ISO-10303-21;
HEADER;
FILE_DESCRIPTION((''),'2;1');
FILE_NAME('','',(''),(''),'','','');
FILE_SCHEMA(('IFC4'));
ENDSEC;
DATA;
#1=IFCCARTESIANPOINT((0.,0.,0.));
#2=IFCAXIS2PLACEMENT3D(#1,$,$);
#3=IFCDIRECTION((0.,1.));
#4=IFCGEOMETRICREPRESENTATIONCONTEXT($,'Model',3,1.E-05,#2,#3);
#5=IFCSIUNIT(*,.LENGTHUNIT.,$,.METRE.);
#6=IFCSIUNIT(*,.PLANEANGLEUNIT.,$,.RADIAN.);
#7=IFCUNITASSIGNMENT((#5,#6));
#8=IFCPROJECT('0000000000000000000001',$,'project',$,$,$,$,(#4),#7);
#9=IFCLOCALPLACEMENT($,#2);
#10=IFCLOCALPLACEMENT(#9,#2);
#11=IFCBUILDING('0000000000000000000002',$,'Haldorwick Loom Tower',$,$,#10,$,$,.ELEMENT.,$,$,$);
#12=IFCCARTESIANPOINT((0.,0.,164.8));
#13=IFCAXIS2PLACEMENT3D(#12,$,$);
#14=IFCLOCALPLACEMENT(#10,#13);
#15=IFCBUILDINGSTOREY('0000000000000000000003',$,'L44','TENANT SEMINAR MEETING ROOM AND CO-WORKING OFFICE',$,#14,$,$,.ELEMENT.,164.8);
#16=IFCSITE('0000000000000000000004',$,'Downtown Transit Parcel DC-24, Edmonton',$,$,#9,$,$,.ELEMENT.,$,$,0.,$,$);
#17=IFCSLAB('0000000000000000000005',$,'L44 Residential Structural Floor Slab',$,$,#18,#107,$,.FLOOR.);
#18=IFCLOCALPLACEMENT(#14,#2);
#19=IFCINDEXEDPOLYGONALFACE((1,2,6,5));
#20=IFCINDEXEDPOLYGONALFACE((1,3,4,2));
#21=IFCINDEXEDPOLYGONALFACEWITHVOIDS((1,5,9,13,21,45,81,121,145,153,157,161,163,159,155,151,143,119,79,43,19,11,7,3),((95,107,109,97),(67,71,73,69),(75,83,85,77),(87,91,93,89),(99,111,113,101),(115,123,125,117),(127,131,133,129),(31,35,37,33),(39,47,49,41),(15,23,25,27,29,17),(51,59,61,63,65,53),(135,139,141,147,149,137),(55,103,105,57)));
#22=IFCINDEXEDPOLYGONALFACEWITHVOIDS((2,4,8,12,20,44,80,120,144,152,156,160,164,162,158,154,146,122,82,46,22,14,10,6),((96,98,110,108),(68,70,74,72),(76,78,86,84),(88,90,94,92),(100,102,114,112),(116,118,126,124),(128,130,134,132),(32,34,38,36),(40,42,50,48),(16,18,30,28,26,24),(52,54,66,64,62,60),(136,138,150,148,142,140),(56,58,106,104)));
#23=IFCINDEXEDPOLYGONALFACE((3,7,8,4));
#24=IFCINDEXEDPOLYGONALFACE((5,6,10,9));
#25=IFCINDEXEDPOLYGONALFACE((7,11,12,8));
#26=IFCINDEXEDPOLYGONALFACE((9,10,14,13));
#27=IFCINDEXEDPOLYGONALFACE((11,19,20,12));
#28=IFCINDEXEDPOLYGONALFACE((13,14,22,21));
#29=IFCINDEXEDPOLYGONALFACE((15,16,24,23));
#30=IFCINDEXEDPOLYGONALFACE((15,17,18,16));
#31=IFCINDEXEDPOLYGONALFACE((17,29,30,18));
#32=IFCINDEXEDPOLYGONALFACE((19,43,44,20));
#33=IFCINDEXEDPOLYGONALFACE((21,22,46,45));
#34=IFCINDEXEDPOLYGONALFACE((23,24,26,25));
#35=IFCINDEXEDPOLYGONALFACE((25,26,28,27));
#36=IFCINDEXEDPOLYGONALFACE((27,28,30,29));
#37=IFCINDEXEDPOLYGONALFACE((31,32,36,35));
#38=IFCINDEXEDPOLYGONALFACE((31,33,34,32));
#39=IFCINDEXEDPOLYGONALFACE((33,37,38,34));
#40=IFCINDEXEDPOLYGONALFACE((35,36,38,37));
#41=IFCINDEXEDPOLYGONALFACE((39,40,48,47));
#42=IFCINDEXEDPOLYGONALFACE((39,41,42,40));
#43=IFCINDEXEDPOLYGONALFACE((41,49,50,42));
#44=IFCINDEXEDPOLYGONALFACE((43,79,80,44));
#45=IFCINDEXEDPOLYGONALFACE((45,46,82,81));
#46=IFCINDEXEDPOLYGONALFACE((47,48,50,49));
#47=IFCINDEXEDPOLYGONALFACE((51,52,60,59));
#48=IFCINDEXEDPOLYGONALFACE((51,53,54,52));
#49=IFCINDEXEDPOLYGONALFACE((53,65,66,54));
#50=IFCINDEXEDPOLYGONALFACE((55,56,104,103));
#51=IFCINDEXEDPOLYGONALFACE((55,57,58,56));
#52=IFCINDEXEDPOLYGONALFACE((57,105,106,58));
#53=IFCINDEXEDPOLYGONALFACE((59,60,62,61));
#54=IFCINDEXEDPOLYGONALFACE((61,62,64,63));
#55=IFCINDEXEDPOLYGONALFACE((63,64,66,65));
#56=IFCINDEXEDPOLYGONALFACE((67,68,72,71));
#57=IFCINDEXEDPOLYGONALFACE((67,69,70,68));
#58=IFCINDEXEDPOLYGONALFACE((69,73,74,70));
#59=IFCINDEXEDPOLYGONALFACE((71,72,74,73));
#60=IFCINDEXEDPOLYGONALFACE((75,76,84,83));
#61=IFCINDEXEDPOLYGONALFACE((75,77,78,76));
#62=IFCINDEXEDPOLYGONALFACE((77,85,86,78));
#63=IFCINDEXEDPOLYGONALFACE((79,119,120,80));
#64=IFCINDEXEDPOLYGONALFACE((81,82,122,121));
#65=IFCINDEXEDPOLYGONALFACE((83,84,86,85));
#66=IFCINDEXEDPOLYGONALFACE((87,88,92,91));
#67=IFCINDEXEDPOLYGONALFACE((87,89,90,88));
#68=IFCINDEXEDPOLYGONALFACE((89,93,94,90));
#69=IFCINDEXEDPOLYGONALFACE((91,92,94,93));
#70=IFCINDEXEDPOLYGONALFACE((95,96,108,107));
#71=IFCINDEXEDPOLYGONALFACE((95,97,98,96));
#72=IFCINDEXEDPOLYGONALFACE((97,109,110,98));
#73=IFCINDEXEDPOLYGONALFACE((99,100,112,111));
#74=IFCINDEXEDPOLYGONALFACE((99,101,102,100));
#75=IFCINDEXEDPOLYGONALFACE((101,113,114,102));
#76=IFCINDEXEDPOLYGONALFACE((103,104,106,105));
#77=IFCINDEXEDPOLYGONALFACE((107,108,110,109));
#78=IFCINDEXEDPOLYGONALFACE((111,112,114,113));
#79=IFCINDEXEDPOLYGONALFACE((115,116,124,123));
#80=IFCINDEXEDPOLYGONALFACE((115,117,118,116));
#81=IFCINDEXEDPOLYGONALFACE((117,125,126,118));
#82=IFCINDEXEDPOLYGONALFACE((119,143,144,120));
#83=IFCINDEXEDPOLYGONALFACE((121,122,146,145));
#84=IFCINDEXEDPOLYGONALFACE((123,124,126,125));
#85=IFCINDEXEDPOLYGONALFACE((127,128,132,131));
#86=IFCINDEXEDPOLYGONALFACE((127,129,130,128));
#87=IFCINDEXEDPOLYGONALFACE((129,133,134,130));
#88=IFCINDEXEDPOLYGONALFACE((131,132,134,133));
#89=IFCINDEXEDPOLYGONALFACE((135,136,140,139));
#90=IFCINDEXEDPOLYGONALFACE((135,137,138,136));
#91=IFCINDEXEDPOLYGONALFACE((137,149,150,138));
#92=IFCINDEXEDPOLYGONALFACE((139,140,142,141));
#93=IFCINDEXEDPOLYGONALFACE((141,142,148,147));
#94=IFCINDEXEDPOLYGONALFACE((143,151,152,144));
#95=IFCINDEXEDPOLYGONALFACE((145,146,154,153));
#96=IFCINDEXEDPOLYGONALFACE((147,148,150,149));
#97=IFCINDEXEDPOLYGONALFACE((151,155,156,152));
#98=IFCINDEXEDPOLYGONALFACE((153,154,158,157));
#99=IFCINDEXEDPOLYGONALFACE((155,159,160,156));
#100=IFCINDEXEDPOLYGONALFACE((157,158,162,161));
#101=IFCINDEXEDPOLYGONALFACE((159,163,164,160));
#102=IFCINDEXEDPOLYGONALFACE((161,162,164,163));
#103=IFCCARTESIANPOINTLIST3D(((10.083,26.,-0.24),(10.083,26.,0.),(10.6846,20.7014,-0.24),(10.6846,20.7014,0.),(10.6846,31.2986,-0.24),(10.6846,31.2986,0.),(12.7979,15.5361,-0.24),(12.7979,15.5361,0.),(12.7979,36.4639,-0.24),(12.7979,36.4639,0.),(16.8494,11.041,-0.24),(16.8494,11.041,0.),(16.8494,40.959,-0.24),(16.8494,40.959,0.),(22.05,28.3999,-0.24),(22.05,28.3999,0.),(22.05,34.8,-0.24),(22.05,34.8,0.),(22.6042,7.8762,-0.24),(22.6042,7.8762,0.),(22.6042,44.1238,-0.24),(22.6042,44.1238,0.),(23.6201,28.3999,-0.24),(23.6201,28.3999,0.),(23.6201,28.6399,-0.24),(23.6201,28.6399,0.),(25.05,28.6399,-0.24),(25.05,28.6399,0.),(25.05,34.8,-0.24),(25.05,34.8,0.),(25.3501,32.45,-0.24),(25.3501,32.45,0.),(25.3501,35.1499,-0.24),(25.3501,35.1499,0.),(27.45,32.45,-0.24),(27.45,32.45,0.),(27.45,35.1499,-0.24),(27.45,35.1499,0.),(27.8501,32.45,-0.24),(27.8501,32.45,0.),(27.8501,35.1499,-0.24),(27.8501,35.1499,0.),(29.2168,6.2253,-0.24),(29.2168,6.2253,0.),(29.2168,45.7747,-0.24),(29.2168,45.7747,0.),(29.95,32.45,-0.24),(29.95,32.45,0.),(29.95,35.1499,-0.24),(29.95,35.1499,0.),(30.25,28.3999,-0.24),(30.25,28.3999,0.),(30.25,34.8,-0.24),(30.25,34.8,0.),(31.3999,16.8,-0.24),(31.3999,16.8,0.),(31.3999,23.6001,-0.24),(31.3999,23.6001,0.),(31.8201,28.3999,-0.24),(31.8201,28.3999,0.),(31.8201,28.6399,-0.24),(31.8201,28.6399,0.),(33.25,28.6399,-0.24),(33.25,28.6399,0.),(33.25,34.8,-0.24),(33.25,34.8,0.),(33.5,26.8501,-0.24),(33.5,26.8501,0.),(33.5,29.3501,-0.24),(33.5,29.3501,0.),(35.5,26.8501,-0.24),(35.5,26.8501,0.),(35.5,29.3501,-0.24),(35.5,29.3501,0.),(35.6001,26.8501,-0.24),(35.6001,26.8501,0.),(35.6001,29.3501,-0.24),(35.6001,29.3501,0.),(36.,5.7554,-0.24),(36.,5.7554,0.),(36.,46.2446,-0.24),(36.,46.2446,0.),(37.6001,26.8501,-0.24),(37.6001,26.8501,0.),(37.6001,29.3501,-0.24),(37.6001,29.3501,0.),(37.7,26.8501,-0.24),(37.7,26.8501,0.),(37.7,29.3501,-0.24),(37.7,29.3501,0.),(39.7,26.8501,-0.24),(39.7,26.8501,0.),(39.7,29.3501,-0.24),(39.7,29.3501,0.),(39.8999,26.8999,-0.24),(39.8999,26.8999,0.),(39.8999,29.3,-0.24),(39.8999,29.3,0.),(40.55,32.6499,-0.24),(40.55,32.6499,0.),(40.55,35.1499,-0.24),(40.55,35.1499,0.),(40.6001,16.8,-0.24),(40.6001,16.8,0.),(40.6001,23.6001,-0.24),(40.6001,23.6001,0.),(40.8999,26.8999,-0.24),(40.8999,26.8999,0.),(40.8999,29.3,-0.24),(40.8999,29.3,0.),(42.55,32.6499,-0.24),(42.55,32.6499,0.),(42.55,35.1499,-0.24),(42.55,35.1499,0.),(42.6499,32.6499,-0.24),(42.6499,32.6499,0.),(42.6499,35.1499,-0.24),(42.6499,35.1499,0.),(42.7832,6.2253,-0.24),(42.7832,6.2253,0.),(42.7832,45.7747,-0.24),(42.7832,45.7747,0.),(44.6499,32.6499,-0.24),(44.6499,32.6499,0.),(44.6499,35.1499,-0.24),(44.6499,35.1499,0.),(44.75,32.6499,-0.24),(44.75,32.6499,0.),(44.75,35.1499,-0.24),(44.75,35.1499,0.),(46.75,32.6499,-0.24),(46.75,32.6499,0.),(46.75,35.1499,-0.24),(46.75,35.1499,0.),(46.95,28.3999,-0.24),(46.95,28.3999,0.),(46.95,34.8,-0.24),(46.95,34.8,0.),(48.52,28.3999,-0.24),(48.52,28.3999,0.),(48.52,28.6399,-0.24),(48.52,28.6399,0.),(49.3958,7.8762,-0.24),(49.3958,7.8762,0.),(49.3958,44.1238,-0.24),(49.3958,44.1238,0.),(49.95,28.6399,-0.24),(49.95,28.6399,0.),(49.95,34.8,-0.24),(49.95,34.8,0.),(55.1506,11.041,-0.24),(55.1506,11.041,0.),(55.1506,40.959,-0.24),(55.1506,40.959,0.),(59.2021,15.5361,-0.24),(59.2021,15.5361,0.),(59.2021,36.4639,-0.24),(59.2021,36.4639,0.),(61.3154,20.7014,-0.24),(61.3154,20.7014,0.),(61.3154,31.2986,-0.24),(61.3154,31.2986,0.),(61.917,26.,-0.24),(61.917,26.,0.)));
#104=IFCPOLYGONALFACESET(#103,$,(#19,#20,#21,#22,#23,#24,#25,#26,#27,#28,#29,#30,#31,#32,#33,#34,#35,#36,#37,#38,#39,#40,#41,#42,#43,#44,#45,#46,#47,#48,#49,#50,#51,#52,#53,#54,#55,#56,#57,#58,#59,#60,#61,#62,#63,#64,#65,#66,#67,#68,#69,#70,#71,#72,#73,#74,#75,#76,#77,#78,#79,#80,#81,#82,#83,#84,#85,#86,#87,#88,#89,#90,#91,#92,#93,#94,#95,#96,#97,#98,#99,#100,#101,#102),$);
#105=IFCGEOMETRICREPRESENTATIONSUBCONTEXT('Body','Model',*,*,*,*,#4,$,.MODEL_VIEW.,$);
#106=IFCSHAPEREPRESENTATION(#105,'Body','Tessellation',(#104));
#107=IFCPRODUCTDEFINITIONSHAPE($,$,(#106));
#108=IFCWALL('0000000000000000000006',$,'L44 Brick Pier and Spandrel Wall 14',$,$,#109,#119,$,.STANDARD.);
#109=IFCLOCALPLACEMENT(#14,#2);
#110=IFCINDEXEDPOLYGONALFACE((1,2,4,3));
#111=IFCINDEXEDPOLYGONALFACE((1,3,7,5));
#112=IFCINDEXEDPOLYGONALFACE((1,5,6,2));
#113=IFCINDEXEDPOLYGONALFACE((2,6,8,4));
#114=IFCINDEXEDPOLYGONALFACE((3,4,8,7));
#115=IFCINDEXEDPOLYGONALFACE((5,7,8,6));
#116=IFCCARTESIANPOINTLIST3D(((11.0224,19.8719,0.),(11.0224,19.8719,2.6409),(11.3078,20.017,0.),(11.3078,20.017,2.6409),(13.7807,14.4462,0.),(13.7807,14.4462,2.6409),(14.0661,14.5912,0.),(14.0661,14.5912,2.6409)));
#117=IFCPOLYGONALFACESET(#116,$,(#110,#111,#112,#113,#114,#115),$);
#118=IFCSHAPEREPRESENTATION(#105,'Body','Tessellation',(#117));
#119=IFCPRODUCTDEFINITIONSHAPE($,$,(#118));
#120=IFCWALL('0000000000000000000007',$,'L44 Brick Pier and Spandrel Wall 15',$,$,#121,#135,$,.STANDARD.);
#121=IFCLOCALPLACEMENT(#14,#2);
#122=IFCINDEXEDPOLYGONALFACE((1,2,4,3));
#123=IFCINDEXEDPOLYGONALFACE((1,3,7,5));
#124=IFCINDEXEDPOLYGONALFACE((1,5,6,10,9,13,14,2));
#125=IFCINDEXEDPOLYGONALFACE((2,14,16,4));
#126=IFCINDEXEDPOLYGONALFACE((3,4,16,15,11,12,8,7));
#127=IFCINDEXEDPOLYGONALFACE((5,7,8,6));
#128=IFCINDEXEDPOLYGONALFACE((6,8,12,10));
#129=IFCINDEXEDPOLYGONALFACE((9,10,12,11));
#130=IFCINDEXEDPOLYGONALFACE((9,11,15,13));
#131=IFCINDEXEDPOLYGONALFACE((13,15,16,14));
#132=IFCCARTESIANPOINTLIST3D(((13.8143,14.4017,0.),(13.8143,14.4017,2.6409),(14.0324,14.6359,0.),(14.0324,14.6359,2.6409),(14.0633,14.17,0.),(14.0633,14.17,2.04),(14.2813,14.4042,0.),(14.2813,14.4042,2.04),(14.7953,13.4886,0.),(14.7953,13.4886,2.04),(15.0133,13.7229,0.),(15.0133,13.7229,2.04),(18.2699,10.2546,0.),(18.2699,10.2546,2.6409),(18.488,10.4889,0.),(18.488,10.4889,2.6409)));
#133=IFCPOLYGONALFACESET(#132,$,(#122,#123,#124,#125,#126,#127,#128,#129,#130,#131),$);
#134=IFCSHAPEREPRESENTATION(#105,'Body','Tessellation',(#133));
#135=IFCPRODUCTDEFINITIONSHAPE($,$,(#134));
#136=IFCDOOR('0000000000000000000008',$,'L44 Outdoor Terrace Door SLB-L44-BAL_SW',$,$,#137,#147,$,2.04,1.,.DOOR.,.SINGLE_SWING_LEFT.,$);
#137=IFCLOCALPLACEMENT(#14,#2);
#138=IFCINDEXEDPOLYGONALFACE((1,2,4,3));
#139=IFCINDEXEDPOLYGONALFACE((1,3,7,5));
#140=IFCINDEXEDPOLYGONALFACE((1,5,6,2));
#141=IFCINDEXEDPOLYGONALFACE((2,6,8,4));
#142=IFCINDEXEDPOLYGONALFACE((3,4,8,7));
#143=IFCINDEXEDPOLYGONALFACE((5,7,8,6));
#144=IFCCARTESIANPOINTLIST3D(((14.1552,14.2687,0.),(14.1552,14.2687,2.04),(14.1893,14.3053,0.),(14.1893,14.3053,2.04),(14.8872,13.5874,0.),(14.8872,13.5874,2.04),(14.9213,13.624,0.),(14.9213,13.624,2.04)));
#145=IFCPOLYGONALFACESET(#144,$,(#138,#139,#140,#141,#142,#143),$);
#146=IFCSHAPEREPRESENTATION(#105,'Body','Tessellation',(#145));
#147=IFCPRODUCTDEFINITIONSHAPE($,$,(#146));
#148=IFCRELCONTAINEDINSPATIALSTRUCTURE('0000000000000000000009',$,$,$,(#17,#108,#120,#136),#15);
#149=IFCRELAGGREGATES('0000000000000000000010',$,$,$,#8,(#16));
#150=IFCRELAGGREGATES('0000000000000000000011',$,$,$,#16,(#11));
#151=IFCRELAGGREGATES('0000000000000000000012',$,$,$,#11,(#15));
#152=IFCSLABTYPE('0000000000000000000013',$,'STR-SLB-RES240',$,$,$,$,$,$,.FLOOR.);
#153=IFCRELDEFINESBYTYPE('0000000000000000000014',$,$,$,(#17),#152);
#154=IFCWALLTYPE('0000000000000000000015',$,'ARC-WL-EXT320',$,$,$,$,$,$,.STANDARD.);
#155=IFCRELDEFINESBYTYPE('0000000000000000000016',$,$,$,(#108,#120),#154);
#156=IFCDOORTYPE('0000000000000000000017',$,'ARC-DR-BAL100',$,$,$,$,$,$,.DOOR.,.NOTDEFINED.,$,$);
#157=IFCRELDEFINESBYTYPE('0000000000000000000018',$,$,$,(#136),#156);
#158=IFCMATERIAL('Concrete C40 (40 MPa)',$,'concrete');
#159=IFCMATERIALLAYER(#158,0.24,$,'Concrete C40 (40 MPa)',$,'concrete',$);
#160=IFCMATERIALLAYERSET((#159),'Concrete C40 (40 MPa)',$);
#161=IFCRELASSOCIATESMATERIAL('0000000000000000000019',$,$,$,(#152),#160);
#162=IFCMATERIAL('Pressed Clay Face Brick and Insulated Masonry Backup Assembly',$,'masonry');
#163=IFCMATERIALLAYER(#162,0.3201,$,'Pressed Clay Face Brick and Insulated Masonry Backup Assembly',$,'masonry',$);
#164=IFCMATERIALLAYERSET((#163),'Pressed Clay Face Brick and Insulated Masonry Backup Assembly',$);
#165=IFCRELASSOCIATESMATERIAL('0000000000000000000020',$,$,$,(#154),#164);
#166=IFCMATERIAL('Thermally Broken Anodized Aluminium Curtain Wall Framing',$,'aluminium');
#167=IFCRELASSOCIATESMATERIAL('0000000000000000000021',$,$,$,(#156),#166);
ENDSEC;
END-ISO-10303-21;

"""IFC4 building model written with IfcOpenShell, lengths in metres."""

from ifc_helpers import new_model, si_unit, direction, frame, frame_2d, origin, place, context, subcontext, project, spatial, polyline, rectangle, outline, extrude, material, layer, layer_set, type_object, element, fill, save


model = new_model("IFC4")

# Units and contexts
model_context = context("Model", 3, precision=1e-05, world=origin(), true_north=direction((0.0, 1.0)))
body_context = subcontext(model_context, "Body", "Model", "MODEL_VIEW")
ifc_project = project(units=[si_unit("LENGTHUNIT", "METRE"), si_unit("PLANEANGLEUNIT", "RADIAN")], contexts=[model_context])

# Site, building, storey
site_placement = place(None, origin())
site = spatial("IfcSite", under=ifc_project, at=site_placement, Name="Downtown Transit Parcel DC-24, Edmonton", CompositionType="ELEMENT", RefElevation=0.0)
building_placement = place(site_placement, origin())
building = spatial("IfcBuilding", under=site, at=building_placement, Name="Haldorwick Loom Tower", CompositionType="ELEMENT")
storey_placement = place(building_placement, frame((0.0, 0.0, 164.8)))
storey = spatial("IfcBuildingStorey", under=building, at=storey_placement, Name="L44", Description="TENANT SEMINAR MEETING ROOM AND CO-WORKING OFFICE", CompositionType="ELEMENT", Elevation=164.8)

# Shared definitions
ifc_material_1 = material(Name="Concrete C40 (40 MPa)", Category="concrete")

# Slab
ifc_layer_1 = layer(ifc_material_1, 0.24, Name="Concrete C40 (40 MPa)", Category="concrete")
ifc_layer_set_1 = layer_set([ifc_layer_1], Name="Concrete C40 (40 MPa)")
slab_type_1 = type_object("IfcSlabType", Name="STR-SLB-RES240", PredefinedType="FLOOR", material=ifc_layer_set_1)
slab_1_placement = place(storey_placement, frame((0.0, 0.0, -0.24)))
element("IfcSlab", 1, at=slab_1_placement, inside=storey, type_object=slab_type_1, Name="L44 Residential Structural Floor Slab", PredefinedType="FLOOR", context=body_context, shape_type="SweptSolid", body=[
    extrude(outline(polyline([(55.1506, 11.041), (59.2021, 15.5361), (61.3154, 20.7014), (61.917, 26.0), (61.3154, 31.2986), (59.2021, 36.4639), (55.1506, 40.959), (49.3958, 44.1238), (42.7832, 45.7747), (36.0, 46.2446), (29.2168, 45.7747), (22.6042, 44.1238), (16.8494, 40.959), (12.7979, 36.4639), (10.6846, 31.2986), (10.083, 26.0), (10.6846, 20.7014), (12.7979, 15.5361), (16.8494, 11.041), (22.6042, 7.8762), (29.2168, 6.2253), (36.0, 5.7554), (42.7832, 6.2253), (49.3958, 7.8762), (55.1506, 11.041)]), holes=[polyline([(31.3999, 16.8), (31.3999, 23.6001), (40.6001, 23.6001), (40.6001, 16.8), (31.3999, 16.8)]), polyline([(33.5, 26.8501), (33.5, 29.3501), (35.5, 29.3501), (35.5, 26.8501), (33.5, 26.8501)]), polyline([(35.6001, 26.8501), (35.6001, 29.3501), (37.6001, 29.3501), (37.6001, 26.8501), (35.6001, 26.8501)]), polyline([(23.6201, 28.3999), (22.05, 28.3999), (22.05, 34.8), (25.05, 34.8), (25.05, 28.6399), (23.6201, 28.6399), (23.6201, 28.3999)]), polyline([(30.25, 28.3999), (30.25, 34.8), (33.25, 34.8), (33.25, 28.6399), (31.8201, 28.6399), (31.8201, 28.3999), (30.25, 28.3999)]), polyline([(25.3501, 32.45), (25.3501, 35.1499), (27.45, 35.1499), (27.45, 32.45), (25.3501, 32.45)]), polyline([(29.95, 32.45), (27.8501, 32.45), (27.8501, 35.1499), (29.95, 35.1499), (29.95, 32.45)]), polyline([(37.7, 26.8501), (37.7, 29.3501), (39.7, 29.3501), (39.7, 26.8501), (37.7, 26.8501)]), polyline([(39.8999, 26.8999), (39.8999, 29.3), (40.8999, 29.3), (40.8999, 26.8999), (39.8999, 26.8999)]), polyline([(46.95, 28.3999), (46.95, 34.8), (49.95, 34.8), (49.95, 28.6399), (48.52, 28.6399), (48.52, 28.3999), (46.95, 28.3999)]), polyline([(40.55, 32.6499), (40.55, 35.1499), (42.55, 35.1499), (42.55, 32.6499), (40.55, 32.6499)]), polyline([(42.6499, 32.6499), (42.6499, 35.1499), (44.6499, 35.1499), (44.6499, 32.6499), (42.6499, 32.6499)]), polyline([(44.75, 32.6499), (44.75, 35.1499), (46.75, 35.1499), (46.75, 32.6499), (44.75, 32.6499)])]), origin(), (0.0, 0.0, 1.0), 0.24),
])

# Wall
ifc_material_2 = material(Name="Pressed Clay Face Brick and Insulated Masonry Backup Assembly", Category="masonry")
ifc_layer_2 = layer(ifc_material_2, 0.3201, Name="Pressed Clay Face Brick and Insulated Masonry Backup Assembly", Category="masonry")
ifc_layer_set_2 = layer_set([ifc_layer_2], Name="Pressed Clay Face Brick and Insulated Masonry Backup Assembly")
wall_type_1 = type_object("IfcWallType", Name="ARC-WL-EXT320", PredefinedType="STANDARD", material=ifc_layer_set_2)
wall_1_placement = place(storey_placement, frame((11.165, 19.9446, 0.0), z_axis=(0.0, 0.0, 1.0), x_axis=(0.453172, -0.891423, 0.0)))
element("IfcWall", 2, at=wall_1_placement, inside=storey, type_object=wall_type_1, Name="L44 Brick Pier and Spandrel Wall 14", PredefinedType="STANDARD", context=body_context, shape_type="SweptSolid", body=[
    extrude(rectangle(XDim=6.0867, YDim=0.3201, at=frame_2d((3.0435, 0.0))), origin(), (0.0, 0.0, 1.0), 2.6409),
])

# Wall, opening, door
wall_2_placement = place(storey_placement, frame((13.9233, 14.5188, 0.0), z_axis=(0.0, 0.0, 1.0), x_axis=(0.732002, -0.681303, 0.0)))
wall_2 = element("IfcWall", 3, at=wall_2_placement, inside=storey, type_object=wall_type_1, Name="L44 Brick Pier and Spandrel Wall 15", PredefinedType="STANDARD", context=body_context, shape_type="SweptSolid", body=[
    extrude(rectangle(XDim=6.0869, YDim=0.3201, at=frame_2d((3.0435, 0.0))), origin(), (0.0, 0.0, 1.0), 2.6409),
])
opening_1_placement = place(wall_2_placement, frame((0.3401, 0.0, 0.0)))
opening_1 = element("IfcOpeningElement", 4, at=opening_1_placement, cuts=wall_2, PredefinedType="OPENING", context=body_context, shape_type="SweptSolid", body=[
    extrude(rectangle(XDim=1.0, YDim=2.04, at=frame_2d((0.5, 1.02))), frame((0.0, 0.1699, 0.0), z_axis=(0.0, -1.0, 0.0), x_axis=(1.0, 0.0, 0.0)), (0.0, 0.0, 1.0), 0.3401),
])
ifc_material_3 = material(Name="Thermally Broken Anodized Aluminium Curtain Wall Framing", Category="aluminium")
door_type = type_object("IfcDoorType", Name="ARC-DR-BAL100", OperationType="NOTDEFINED", PredefinedType="DOOR", material=ifc_material_3)
door_placement = place(opening_1_placement, origin())
door = element("IfcDoor", 5, at=door_placement, inside=storey, type_object=door_type, Name="L44 Outdoor Terrace Door SLB-L44-BAL_SW", OperationType="SINGLE_SWING_LEFT", OverallHeight=2.04, OverallWidth=1.0, PredefinedType="DOOR", context=body_context, shape_type="SweptSolid", body=[
    extrude(rectangle(XDim=1.0, YDim=2.04, at=frame_2d((0.5, 1.02))), frame((0.0, 0.0249, 0.0), z_axis=(0.0, -1.0, 0.0), x_axis=(1.0, 0.0, 0.0)), (0.0, 0.0, 1.0), 0.05),
])
fill(opening_1, door)

save(model, "model.ifc")
